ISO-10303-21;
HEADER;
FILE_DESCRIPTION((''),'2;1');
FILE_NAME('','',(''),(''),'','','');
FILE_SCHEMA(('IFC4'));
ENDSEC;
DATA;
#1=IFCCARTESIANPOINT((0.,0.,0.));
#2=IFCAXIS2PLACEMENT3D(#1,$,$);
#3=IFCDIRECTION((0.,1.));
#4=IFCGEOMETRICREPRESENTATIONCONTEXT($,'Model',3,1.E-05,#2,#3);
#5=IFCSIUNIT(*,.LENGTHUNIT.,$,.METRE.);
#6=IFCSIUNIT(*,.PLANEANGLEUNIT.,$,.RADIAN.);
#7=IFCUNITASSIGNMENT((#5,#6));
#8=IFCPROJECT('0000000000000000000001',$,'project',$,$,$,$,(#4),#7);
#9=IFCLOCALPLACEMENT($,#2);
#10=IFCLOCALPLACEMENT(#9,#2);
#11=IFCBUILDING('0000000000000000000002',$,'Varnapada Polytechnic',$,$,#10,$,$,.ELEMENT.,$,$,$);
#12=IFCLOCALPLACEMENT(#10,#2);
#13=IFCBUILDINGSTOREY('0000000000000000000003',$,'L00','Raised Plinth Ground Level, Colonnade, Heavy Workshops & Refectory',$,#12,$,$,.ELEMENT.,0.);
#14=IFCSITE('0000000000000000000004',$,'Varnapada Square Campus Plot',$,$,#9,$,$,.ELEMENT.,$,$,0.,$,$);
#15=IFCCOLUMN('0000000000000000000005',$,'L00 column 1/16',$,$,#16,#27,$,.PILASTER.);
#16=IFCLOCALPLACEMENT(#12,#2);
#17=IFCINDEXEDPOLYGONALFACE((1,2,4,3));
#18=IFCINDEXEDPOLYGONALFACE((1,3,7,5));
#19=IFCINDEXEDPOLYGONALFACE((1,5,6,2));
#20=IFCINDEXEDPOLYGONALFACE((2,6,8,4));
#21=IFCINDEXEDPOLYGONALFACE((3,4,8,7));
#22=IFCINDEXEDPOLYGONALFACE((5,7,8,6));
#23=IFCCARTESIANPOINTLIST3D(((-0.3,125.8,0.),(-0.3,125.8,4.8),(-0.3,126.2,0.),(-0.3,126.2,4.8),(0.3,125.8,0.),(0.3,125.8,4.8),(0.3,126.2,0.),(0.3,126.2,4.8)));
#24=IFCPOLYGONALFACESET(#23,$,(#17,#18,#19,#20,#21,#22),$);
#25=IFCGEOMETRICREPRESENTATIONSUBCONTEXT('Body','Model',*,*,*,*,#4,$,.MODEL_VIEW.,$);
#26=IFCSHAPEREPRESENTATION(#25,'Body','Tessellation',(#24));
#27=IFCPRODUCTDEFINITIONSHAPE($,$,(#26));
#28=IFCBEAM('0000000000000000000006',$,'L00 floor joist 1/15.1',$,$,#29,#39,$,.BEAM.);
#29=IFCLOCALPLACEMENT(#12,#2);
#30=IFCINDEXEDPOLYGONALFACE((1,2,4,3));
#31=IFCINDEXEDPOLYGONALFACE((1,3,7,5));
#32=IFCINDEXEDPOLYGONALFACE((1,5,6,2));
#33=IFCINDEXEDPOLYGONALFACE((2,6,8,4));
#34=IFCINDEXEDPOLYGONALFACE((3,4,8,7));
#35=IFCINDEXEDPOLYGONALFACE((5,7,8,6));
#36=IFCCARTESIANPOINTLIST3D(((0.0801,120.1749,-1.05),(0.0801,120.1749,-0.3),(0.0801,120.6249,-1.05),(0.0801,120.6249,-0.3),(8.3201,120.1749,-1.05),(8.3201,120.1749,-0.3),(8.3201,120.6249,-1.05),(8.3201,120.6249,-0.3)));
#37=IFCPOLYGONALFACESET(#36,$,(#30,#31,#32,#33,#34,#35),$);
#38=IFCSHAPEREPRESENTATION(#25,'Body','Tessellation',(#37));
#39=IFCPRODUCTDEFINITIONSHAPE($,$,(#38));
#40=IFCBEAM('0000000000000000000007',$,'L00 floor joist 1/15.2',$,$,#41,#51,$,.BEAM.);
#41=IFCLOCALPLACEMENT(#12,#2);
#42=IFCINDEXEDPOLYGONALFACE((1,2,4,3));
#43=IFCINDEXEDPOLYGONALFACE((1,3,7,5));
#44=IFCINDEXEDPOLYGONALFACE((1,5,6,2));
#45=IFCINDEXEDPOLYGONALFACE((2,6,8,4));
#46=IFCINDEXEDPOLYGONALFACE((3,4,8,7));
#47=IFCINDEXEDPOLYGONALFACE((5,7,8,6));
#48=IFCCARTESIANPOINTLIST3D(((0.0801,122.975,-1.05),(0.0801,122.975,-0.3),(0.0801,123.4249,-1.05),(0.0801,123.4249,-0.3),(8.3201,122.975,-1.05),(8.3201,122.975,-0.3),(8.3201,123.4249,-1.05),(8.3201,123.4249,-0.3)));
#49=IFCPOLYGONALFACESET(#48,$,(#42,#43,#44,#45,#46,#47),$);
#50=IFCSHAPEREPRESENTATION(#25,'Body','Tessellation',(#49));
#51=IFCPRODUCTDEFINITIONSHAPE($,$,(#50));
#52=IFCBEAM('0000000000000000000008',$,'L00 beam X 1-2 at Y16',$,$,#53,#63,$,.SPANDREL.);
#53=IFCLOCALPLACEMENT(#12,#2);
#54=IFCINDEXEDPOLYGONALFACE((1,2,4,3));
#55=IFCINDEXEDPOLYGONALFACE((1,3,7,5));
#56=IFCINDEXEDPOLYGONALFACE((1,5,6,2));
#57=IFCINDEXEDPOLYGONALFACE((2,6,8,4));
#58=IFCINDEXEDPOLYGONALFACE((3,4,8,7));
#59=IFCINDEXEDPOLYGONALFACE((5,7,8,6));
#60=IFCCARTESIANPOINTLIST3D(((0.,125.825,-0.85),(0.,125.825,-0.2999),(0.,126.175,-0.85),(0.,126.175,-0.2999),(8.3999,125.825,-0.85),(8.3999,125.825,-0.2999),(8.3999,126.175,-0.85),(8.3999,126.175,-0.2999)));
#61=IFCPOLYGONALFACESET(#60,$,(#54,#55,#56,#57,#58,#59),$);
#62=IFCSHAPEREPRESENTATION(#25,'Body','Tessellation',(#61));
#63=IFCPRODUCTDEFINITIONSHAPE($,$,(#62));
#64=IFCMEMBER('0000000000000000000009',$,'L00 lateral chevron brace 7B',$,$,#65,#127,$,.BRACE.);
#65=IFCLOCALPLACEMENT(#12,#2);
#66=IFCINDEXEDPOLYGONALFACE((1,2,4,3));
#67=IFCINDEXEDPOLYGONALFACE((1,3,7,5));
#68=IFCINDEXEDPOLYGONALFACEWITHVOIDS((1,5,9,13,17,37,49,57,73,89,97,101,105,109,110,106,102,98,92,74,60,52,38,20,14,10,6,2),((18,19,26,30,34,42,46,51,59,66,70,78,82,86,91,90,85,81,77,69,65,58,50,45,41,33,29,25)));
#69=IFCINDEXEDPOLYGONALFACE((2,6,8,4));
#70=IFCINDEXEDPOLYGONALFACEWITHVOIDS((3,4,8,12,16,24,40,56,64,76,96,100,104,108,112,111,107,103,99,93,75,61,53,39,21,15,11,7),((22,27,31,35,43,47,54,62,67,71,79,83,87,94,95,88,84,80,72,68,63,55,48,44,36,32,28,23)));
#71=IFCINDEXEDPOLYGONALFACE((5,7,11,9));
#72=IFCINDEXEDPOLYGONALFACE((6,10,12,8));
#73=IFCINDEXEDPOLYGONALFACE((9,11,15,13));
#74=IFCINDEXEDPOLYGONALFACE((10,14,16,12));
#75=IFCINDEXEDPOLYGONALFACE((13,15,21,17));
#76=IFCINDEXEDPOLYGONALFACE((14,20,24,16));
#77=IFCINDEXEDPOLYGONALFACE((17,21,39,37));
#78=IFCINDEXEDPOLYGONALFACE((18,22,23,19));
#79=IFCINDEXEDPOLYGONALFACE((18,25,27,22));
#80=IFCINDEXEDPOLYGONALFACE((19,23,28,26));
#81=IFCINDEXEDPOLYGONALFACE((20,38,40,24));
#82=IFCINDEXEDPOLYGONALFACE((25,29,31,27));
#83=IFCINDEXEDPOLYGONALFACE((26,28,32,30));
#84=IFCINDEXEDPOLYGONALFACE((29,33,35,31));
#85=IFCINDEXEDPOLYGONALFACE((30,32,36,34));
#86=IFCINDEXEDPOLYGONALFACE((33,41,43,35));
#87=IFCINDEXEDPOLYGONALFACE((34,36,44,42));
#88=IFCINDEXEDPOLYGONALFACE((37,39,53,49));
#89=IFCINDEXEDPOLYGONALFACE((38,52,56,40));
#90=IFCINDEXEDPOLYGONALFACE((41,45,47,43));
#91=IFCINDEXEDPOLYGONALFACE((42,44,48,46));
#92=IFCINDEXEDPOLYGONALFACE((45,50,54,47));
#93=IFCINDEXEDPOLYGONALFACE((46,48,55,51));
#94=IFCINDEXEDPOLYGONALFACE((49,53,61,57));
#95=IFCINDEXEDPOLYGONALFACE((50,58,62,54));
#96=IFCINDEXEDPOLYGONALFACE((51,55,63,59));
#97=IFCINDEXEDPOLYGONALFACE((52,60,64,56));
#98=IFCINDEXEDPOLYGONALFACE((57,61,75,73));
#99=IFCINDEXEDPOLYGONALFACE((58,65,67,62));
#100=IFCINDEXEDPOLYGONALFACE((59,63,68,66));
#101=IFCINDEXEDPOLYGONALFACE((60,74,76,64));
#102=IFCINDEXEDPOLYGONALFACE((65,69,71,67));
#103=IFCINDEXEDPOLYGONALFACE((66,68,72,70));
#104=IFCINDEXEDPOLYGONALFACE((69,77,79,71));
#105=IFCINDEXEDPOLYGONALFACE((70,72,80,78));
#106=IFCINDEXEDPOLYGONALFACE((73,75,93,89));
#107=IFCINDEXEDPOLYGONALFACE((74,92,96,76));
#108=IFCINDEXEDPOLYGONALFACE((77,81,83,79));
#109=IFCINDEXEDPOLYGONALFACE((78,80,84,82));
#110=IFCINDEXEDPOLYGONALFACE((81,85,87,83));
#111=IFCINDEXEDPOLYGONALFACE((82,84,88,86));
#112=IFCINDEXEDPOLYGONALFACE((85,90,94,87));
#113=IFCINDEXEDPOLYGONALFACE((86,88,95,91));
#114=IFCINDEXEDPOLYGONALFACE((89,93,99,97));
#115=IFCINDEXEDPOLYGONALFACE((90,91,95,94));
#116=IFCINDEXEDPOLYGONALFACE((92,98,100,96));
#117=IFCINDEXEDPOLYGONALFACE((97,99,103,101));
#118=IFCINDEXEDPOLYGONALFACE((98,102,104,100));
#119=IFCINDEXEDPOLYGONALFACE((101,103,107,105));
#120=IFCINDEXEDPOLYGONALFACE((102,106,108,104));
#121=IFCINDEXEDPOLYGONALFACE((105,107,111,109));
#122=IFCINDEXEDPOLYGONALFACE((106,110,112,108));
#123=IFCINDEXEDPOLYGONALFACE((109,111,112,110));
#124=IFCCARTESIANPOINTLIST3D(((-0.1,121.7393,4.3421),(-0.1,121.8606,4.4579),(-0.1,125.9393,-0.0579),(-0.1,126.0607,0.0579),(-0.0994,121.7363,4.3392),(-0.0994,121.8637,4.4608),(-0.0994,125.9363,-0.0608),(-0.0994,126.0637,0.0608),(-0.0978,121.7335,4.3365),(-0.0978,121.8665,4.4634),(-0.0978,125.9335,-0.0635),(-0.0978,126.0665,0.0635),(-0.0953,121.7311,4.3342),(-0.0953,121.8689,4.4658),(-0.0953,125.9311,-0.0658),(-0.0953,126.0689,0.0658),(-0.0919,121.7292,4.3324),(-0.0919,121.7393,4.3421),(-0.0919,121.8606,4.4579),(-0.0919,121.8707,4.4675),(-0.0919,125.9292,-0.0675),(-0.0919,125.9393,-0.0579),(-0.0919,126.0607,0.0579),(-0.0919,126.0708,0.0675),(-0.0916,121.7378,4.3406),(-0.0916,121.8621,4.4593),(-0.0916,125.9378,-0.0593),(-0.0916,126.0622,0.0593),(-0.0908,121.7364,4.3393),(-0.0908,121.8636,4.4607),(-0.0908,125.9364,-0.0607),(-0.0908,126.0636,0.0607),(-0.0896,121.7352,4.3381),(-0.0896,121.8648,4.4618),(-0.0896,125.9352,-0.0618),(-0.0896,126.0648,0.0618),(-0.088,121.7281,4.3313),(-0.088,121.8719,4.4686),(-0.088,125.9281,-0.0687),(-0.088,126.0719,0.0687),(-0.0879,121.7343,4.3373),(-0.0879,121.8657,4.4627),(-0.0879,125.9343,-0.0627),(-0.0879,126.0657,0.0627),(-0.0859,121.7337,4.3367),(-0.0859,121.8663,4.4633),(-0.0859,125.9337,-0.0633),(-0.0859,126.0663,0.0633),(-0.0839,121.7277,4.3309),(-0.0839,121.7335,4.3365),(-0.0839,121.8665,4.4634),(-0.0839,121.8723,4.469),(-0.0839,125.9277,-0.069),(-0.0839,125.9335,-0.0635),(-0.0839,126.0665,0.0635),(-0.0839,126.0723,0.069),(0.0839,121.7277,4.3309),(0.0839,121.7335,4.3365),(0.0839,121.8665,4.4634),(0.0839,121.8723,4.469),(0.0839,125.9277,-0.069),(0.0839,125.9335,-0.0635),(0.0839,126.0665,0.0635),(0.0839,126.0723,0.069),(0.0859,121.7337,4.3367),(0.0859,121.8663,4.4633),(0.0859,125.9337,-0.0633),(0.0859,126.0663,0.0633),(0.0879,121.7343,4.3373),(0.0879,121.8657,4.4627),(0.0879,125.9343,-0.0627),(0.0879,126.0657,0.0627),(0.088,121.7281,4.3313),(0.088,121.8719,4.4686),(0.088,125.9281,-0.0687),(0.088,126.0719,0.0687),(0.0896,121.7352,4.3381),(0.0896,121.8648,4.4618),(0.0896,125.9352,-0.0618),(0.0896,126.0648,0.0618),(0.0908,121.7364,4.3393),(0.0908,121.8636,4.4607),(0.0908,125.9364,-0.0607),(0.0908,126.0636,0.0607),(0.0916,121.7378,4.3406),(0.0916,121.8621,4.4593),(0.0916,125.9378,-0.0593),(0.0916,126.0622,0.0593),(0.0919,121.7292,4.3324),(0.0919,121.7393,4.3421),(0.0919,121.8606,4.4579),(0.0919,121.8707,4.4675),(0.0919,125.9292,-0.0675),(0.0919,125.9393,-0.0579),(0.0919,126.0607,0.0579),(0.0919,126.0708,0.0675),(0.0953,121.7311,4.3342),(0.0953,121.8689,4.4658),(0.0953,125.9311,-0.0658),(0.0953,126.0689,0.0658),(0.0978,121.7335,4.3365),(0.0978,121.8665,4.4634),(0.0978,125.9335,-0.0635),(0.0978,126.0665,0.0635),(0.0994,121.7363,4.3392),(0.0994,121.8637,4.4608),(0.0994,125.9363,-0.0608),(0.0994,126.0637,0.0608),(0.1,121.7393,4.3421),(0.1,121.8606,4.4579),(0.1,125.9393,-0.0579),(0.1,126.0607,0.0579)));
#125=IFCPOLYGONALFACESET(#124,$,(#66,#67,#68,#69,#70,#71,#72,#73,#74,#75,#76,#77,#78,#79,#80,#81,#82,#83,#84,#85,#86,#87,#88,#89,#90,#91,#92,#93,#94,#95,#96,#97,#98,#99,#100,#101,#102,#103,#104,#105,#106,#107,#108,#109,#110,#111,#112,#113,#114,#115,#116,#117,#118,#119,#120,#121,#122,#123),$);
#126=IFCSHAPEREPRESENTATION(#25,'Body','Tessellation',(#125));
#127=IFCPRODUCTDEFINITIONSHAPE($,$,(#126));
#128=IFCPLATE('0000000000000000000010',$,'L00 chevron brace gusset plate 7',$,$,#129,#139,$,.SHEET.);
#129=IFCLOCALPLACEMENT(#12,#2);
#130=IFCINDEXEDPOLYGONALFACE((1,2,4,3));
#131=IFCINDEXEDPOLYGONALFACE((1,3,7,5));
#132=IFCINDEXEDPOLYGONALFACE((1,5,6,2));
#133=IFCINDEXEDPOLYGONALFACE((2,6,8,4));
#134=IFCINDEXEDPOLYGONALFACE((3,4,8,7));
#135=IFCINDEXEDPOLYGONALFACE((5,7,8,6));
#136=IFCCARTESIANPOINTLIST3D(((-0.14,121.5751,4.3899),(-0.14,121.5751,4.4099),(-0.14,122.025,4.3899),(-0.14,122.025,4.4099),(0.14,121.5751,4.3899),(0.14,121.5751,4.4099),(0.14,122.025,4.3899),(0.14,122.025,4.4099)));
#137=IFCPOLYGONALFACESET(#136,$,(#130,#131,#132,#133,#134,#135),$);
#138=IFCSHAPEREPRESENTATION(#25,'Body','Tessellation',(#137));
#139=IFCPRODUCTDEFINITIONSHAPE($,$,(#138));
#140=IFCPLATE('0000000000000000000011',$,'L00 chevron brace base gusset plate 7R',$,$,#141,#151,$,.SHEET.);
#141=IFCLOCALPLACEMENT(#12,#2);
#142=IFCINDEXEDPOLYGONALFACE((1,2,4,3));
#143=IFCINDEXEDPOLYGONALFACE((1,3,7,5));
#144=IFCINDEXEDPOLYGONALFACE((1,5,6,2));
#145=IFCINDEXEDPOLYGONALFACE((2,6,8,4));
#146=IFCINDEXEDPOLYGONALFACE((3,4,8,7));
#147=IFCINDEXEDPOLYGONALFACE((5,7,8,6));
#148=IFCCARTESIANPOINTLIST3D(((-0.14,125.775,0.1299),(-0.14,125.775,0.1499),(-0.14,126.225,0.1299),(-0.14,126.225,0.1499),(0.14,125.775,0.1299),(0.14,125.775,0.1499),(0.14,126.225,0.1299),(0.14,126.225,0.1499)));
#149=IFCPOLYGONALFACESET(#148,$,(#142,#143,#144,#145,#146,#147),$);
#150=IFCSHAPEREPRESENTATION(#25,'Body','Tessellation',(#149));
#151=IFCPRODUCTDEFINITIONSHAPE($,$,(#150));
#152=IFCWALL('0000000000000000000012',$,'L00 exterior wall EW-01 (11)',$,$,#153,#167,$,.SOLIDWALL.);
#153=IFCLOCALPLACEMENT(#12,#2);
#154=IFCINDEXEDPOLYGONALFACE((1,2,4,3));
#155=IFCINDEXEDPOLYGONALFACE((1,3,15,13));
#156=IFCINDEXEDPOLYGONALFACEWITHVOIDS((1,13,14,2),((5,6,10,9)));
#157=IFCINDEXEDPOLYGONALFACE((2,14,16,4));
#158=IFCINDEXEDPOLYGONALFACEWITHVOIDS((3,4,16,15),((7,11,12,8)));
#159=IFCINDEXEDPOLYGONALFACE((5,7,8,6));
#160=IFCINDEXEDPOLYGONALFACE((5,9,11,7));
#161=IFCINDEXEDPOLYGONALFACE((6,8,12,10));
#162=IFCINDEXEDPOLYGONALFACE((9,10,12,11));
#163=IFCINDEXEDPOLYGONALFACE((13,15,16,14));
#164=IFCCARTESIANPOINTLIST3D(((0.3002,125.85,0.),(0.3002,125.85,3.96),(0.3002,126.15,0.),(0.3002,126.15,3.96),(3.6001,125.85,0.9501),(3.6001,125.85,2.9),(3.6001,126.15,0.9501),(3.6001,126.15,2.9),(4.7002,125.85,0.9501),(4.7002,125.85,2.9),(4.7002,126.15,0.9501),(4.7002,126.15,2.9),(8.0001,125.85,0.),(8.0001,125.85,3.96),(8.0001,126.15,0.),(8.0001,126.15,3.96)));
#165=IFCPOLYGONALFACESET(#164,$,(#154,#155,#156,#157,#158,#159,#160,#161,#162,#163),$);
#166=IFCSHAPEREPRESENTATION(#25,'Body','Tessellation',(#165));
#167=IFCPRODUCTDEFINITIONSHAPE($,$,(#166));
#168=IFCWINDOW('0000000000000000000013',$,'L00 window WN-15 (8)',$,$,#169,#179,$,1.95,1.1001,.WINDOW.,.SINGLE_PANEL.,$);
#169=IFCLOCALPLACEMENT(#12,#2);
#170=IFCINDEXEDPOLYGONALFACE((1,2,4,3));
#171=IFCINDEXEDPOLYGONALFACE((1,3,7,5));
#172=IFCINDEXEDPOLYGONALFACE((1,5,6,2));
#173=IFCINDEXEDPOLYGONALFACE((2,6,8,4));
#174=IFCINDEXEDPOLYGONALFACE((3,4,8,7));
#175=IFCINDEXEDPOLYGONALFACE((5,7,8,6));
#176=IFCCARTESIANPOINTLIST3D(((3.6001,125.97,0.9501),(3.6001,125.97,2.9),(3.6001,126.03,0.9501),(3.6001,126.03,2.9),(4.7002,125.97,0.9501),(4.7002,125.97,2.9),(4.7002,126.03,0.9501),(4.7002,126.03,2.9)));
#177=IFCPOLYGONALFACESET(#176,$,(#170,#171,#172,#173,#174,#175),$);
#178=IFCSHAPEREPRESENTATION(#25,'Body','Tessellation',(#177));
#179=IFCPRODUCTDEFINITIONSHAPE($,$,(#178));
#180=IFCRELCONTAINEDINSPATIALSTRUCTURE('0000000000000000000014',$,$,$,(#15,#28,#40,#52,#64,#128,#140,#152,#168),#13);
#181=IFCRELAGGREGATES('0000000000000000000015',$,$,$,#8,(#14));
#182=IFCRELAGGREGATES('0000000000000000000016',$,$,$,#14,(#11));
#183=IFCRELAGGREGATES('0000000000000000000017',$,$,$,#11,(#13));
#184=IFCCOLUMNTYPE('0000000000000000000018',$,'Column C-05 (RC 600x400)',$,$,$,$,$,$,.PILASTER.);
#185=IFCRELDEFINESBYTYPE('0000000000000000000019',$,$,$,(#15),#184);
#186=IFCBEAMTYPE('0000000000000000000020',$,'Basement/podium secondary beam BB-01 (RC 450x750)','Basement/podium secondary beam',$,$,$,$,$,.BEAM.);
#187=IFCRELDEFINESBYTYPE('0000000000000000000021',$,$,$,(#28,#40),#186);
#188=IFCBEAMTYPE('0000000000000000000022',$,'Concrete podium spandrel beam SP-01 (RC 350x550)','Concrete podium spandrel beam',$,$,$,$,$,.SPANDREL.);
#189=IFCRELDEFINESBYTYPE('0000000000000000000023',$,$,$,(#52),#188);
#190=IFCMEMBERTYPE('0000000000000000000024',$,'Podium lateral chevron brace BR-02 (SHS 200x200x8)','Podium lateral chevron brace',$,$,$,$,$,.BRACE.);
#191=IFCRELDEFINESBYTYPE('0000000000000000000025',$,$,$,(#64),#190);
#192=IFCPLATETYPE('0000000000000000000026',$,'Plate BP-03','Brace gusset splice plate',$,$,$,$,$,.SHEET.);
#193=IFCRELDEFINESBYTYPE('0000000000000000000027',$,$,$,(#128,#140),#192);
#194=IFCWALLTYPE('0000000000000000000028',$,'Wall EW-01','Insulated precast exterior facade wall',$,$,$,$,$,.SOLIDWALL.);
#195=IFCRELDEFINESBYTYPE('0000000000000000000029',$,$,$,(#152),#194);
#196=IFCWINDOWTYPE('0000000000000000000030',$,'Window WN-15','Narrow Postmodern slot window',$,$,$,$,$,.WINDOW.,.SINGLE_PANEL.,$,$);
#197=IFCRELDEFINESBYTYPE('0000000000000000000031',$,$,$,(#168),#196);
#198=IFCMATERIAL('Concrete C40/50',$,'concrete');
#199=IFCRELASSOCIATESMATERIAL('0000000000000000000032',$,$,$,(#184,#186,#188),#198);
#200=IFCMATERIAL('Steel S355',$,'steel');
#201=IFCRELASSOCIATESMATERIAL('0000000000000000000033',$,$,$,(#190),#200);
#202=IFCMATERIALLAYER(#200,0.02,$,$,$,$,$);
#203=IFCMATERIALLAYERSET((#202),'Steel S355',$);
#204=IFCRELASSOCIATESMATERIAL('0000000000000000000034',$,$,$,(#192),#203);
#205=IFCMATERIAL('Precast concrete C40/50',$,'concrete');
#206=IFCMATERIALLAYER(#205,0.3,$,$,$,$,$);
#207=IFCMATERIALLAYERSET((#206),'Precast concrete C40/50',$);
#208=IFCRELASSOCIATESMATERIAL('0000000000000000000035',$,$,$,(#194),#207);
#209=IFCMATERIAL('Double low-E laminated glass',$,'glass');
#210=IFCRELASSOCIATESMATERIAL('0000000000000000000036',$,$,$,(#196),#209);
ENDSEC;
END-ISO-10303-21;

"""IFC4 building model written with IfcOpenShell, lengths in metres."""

from ifc_helpers import new_model, si_unit, direction, frame, frame_2d, origin, origin_2d, place, context, subcontext, project, spatial, rectangle, hollow_rectangle, extrude, material, layer, layer_set, material_profile, profile_set, type_object, element, fill, save


model = new_model("IFC4")

# Units and contexts
model_context = context("Model", 3, precision=1e-05, world=origin(), true_north=direction((0.0, 1.0)))
body_context = subcontext(model_context, "Body", "Model", "MODEL_VIEW")
ifc_project = project(units=[si_unit("LENGTHUNIT", "METRE"), si_unit("PLANEANGLEUNIT", "RADIAN")], contexts=[model_context])

# Site, building, storey
site_placement = place(None, origin())
site = spatial("IfcSite", under=ifc_project, at=site_placement, Name="Varnapada Square Campus Plot", CompositionType="ELEMENT", RefElevation=0.0)
building_placement = place(site_placement, origin())
building = spatial("IfcBuilding", under=site, at=building_placement, Name="Varnapada Polytechnic", CompositionType="ELEMENT")
storey_placement = place(building_placement, origin())
storey = spatial("IfcBuildingStorey", under=building, at=storey_placement, Name="L00", Description="Raised Plinth Ground Level, Colonnade, Heavy Workshops & Refectory", CompositionType="ELEMENT", Elevation=0.0)

# Column
ifc_material_1 = material(Name="Concrete C40/50", Category="concrete")
ifc_material_profile_1 = material_profile(ifc_material_1, rectangle(XDim=0.6001, YDim=0.3999, at=origin_2d()), Name="RC 600x400")
ifc_profile_set_1 = profile_set([ifc_material_profile_1], Name="Concrete C40/50")
column_type = type_object("IfcColumnType", Name="Column C-05 (RC 600x400)", PredefinedType="PILASTER", material=ifc_profile_set_1)
column_placement = place(storey_placement, frame((0.0, 126.0, 0.0), z_axis=(0.0, 0.0, 1.0), x_axis=(1.0, 0.0, 0.0)))
element("IfcColumn", 1, at=column_placement, inside=storey, type_object=column_type, Name="L00 column 1/16", PredefinedType="PILASTER", context=body_context, shape_type="SweptSolid", body=[
    extrude(rectangle(XDim=0.6001, YDim=0.3999, at=origin_2d()), origin(), (0.0, 0.0, 1.0), 4.8),
])

# Beams
ifc_material_profile_2 = material_profile(ifc_material_1, rectangle(XDim=0.45, YDim=0.75, at=origin_2d()), Name="RC 450x750")
ifc_profile_set_2 = profile_set([ifc_material_profile_2], Name="Concrete C40/50")
beam_type_1 = type_object("IfcBeamType", Name="Basement/podium secondary beam BB-01 (RC 450x750)", Description="Basement/podium secondary beam", PredefinedType="BEAM", material=ifc_profile_set_2)
for number, where, z_axis, x_axis, name in (
    (2, (0.0801, 120.3999, -0.675), (1.0, 0.0, 0.0), (0.0, 1.0, 0.0), "L00 floor joist 1/15.1"),
    (3, (0.0801, 123.2, -0.675), (1.0, 0.0, 0.0), (0.0, 1.0, 0.0), "L00 floor joist 1/15.2"),
):
    element("IfcBeam", number, at=place(storey_placement, frame(where, z_axis=z_axis, x_axis=x_axis)), inside=storey, type_object=beam_type_1, Name=name, PredefinedType="BEAM", context=body_context, shape_type="SweptSolid", body=[
        extrude(rectangle(XDim=0.45, YDim=0.75, at=origin_2d()), origin(), (0.0, 0.0, 1.0), 8.24),
    ])
ifc_material_profile_3 = material_profile(ifc_material_1, rectangle(XDim=0.3501, YDim=0.55, at=origin_2d()), Name="RC 350x550")
ifc_profile_set_3 = profile_set([ifc_material_profile_3], Name="Concrete C40/50")
beam_type_2 = type_object("IfcBeamType", Name="Concrete podium spandrel beam SP-01 (RC 350x550)", Description="Concrete podium spandrel beam", PredefinedType="SPANDREL", material=ifc_profile_set_3)
beam_placement = place(storey_placement, frame((0.0, 126.0, -0.575), z_axis=(1.0, 0.0, 0.0), x_axis=(0.0, 1.0, 0.0)))
element("IfcBeam", 4, at=beam_placement, inside=storey, type_object=beam_type_2, Name="L00 beam X 1-2 at Y16", PredefinedType="SPANDREL", context=body_context, shape_type="SweptSolid", body=[
    extrude(rectangle(XDim=0.3501, YDim=0.55, at=origin_2d()), origin(), (0.0, 0.0, 1.0), 8.3999),
])

# Member
ifc_material_2 = material(Name="Steel S355", Category="steel")
ifc_material_profile_4 = material_profile(ifc_material_2, hollow_rectangle(XDim=0.2, YDim=0.2, WallThickness=0.0081, InnerFilletRadius=0.0081, OuterFilletRadius=0.0161, at=origin_2d()), Name="SHS 200x200x8")
ifc_profile_set_4 = profile_set([ifc_material_profile_4], Name="Steel S355")
member_type = type_object("IfcMemberType", Name="Podium lateral chevron brace BR-02 (SHS 200x200x8)", Description="Podium lateral chevron brace", PredefinedType="BRACE", material=ifc_profile_set_4)
member_placement = place(storey_placement, frame((0.0, 126.0, 0.0), z_axis=(0.0, -0.69048, 0.723352), x_axis=(1.0, 0.0, 0.0)))
element("IfcMember", 5, at=member_placement, inside=storey, type_object=member_type, Name="L00 lateral chevron brace 7B", PredefinedType="BRACE", context=body_context, shape_type="SweptSolid", body=[
    extrude(hollow_rectangle(XDim=0.2, YDim=0.2, WallThickness=0.0081, InnerFilletRadius=0.0081, OuterFilletRadius=0.0161, at=origin_2d()), origin(), (0.0, 0.0, 1.0), 6.0828),
])

# Plates
ifc_layer_1 = layer(ifc_material_2, 0.02)
ifc_layer_set_1 = layer_set([ifc_layer_1], Name="Steel S355")
plate_type = type_object("IfcPlateType", Name="Plate BP-03", Description="Brace gusset splice plate", PredefinedType="SHEET", material=ifc_layer_set_1)
for number, where, z_axis, x_axis, name in (
    (6, (0.0, 121.8, 4.3899), (0.0, 0.0, 1.0), (0.0, 1.0, 0.0), "L00 chevron brace gusset plate 7"),
    (7, (0.0, 126.0, 0.1299), (0.0, 0.0, 1.0), (0.0, 1.0, 0.0), "L00 chevron brace base gusset plate 7R"),
):
    element("IfcPlate", number, at=place(storey_placement, frame(where, z_axis=z_axis, x_axis=x_axis)), inside=storey, type_object=plate_type, Name=name, PredefinedType="SHEET", context=body_context, shape_type="SweptSolid", body=[
        extrude(rectangle(XDim=0.45, YDim=0.28, at=origin_2d()), origin(), (0.0, 0.0, 1.0), 0.02),
    ])

# Wall, opening, window
ifc_material_3 = material(Name="Precast concrete C40/50", Category="concrete")
ifc_layer_2 = layer(ifc_material_3, 0.3)
ifc_layer_set_2 = layer_set([ifc_layer_2], Name="Precast concrete C40/50")
wall_type = type_object("IfcWallType", Name="Wall EW-01", Description="Insulated precast exterior facade wall", PredefinedType="SOLIDWALL", material=ifc_layer_set_2)
wall_placement = place(storey_placement, frame((0.3, 126.0, 0.0), z_axis=(0.0, 0.0, 1.0), x_axis=(1.0, 0.0, 0.0)))
wall = element("IfcWall", 8, at=wall_placement, inside=storey, type_object=wall_type, Name="L00 exterior wall EW-01 (11)", PredefinedType="SOLIDWALL", context=body_context, shape_type="SweptSolid", body=[
    extrude(rectangle(XDim=7.7, YDim=0.3, at=frame_2d((3.8501, 0.0))), origin(), (0.0, 0.0, 1.0), 3.96),
])
opening_1_placement = place(wall_placement, frame((3.3, 0.0, 0.95)))
opening_1 = element("IfcOpeningElement", 9, at=opening_1_placement, cuts=wall, PredefinedType="OPENING", context=body_context, shape_type="SweptSolid", body=[
    extrude(rectangle(XDim=1.1001, YDim=1.95, at=frame_2d((0.55, 0.9751))), frame((0.0, 0.1599, 0.0), z_axis=(0.0, -1.0, 0.0), x_axis=(1.0, 0.0, 0.0)), (0.0, 0.0, 1.0), 0.3201),
])
ifc_material_4 = material(Name="Double low-E laminated glass", Category="glass")
window_type = type_object("IfcWindowType", Name="Window WN-15", Description="Narrow Postmodern slot window", PartitioningType="SINGLE_PANEL", PredefinedType="WINDOW", material=ifc_material_4)
window_placement = place(opening_1_placement, origin())
window = element("IfcWindow", 10, at=window_placement, inside=storey, type_object=window_type, Name="L00 window WN-15 (8)", OverallHeight=1.95, OverallWidth=1.1001, PartitioningType="SINGLE_PANEL", PredefinedType="WINDOW", context=body_context, shape_type="SweptSolid", body=[
    extrude(rectangle(XDim=1.1001, YDim=1.95, at=frame_2d((0.55, 0.9751))), frame((0.0, 0.03, 0.0), z_axis=(0.0, -1.0, 0.0), x_axis=(1.0, 0.0, 0.0)), (0.0, 0.0, 1.0), 0.0601),
])
fill(opening_1, window)

save(model, "model.ifc")
